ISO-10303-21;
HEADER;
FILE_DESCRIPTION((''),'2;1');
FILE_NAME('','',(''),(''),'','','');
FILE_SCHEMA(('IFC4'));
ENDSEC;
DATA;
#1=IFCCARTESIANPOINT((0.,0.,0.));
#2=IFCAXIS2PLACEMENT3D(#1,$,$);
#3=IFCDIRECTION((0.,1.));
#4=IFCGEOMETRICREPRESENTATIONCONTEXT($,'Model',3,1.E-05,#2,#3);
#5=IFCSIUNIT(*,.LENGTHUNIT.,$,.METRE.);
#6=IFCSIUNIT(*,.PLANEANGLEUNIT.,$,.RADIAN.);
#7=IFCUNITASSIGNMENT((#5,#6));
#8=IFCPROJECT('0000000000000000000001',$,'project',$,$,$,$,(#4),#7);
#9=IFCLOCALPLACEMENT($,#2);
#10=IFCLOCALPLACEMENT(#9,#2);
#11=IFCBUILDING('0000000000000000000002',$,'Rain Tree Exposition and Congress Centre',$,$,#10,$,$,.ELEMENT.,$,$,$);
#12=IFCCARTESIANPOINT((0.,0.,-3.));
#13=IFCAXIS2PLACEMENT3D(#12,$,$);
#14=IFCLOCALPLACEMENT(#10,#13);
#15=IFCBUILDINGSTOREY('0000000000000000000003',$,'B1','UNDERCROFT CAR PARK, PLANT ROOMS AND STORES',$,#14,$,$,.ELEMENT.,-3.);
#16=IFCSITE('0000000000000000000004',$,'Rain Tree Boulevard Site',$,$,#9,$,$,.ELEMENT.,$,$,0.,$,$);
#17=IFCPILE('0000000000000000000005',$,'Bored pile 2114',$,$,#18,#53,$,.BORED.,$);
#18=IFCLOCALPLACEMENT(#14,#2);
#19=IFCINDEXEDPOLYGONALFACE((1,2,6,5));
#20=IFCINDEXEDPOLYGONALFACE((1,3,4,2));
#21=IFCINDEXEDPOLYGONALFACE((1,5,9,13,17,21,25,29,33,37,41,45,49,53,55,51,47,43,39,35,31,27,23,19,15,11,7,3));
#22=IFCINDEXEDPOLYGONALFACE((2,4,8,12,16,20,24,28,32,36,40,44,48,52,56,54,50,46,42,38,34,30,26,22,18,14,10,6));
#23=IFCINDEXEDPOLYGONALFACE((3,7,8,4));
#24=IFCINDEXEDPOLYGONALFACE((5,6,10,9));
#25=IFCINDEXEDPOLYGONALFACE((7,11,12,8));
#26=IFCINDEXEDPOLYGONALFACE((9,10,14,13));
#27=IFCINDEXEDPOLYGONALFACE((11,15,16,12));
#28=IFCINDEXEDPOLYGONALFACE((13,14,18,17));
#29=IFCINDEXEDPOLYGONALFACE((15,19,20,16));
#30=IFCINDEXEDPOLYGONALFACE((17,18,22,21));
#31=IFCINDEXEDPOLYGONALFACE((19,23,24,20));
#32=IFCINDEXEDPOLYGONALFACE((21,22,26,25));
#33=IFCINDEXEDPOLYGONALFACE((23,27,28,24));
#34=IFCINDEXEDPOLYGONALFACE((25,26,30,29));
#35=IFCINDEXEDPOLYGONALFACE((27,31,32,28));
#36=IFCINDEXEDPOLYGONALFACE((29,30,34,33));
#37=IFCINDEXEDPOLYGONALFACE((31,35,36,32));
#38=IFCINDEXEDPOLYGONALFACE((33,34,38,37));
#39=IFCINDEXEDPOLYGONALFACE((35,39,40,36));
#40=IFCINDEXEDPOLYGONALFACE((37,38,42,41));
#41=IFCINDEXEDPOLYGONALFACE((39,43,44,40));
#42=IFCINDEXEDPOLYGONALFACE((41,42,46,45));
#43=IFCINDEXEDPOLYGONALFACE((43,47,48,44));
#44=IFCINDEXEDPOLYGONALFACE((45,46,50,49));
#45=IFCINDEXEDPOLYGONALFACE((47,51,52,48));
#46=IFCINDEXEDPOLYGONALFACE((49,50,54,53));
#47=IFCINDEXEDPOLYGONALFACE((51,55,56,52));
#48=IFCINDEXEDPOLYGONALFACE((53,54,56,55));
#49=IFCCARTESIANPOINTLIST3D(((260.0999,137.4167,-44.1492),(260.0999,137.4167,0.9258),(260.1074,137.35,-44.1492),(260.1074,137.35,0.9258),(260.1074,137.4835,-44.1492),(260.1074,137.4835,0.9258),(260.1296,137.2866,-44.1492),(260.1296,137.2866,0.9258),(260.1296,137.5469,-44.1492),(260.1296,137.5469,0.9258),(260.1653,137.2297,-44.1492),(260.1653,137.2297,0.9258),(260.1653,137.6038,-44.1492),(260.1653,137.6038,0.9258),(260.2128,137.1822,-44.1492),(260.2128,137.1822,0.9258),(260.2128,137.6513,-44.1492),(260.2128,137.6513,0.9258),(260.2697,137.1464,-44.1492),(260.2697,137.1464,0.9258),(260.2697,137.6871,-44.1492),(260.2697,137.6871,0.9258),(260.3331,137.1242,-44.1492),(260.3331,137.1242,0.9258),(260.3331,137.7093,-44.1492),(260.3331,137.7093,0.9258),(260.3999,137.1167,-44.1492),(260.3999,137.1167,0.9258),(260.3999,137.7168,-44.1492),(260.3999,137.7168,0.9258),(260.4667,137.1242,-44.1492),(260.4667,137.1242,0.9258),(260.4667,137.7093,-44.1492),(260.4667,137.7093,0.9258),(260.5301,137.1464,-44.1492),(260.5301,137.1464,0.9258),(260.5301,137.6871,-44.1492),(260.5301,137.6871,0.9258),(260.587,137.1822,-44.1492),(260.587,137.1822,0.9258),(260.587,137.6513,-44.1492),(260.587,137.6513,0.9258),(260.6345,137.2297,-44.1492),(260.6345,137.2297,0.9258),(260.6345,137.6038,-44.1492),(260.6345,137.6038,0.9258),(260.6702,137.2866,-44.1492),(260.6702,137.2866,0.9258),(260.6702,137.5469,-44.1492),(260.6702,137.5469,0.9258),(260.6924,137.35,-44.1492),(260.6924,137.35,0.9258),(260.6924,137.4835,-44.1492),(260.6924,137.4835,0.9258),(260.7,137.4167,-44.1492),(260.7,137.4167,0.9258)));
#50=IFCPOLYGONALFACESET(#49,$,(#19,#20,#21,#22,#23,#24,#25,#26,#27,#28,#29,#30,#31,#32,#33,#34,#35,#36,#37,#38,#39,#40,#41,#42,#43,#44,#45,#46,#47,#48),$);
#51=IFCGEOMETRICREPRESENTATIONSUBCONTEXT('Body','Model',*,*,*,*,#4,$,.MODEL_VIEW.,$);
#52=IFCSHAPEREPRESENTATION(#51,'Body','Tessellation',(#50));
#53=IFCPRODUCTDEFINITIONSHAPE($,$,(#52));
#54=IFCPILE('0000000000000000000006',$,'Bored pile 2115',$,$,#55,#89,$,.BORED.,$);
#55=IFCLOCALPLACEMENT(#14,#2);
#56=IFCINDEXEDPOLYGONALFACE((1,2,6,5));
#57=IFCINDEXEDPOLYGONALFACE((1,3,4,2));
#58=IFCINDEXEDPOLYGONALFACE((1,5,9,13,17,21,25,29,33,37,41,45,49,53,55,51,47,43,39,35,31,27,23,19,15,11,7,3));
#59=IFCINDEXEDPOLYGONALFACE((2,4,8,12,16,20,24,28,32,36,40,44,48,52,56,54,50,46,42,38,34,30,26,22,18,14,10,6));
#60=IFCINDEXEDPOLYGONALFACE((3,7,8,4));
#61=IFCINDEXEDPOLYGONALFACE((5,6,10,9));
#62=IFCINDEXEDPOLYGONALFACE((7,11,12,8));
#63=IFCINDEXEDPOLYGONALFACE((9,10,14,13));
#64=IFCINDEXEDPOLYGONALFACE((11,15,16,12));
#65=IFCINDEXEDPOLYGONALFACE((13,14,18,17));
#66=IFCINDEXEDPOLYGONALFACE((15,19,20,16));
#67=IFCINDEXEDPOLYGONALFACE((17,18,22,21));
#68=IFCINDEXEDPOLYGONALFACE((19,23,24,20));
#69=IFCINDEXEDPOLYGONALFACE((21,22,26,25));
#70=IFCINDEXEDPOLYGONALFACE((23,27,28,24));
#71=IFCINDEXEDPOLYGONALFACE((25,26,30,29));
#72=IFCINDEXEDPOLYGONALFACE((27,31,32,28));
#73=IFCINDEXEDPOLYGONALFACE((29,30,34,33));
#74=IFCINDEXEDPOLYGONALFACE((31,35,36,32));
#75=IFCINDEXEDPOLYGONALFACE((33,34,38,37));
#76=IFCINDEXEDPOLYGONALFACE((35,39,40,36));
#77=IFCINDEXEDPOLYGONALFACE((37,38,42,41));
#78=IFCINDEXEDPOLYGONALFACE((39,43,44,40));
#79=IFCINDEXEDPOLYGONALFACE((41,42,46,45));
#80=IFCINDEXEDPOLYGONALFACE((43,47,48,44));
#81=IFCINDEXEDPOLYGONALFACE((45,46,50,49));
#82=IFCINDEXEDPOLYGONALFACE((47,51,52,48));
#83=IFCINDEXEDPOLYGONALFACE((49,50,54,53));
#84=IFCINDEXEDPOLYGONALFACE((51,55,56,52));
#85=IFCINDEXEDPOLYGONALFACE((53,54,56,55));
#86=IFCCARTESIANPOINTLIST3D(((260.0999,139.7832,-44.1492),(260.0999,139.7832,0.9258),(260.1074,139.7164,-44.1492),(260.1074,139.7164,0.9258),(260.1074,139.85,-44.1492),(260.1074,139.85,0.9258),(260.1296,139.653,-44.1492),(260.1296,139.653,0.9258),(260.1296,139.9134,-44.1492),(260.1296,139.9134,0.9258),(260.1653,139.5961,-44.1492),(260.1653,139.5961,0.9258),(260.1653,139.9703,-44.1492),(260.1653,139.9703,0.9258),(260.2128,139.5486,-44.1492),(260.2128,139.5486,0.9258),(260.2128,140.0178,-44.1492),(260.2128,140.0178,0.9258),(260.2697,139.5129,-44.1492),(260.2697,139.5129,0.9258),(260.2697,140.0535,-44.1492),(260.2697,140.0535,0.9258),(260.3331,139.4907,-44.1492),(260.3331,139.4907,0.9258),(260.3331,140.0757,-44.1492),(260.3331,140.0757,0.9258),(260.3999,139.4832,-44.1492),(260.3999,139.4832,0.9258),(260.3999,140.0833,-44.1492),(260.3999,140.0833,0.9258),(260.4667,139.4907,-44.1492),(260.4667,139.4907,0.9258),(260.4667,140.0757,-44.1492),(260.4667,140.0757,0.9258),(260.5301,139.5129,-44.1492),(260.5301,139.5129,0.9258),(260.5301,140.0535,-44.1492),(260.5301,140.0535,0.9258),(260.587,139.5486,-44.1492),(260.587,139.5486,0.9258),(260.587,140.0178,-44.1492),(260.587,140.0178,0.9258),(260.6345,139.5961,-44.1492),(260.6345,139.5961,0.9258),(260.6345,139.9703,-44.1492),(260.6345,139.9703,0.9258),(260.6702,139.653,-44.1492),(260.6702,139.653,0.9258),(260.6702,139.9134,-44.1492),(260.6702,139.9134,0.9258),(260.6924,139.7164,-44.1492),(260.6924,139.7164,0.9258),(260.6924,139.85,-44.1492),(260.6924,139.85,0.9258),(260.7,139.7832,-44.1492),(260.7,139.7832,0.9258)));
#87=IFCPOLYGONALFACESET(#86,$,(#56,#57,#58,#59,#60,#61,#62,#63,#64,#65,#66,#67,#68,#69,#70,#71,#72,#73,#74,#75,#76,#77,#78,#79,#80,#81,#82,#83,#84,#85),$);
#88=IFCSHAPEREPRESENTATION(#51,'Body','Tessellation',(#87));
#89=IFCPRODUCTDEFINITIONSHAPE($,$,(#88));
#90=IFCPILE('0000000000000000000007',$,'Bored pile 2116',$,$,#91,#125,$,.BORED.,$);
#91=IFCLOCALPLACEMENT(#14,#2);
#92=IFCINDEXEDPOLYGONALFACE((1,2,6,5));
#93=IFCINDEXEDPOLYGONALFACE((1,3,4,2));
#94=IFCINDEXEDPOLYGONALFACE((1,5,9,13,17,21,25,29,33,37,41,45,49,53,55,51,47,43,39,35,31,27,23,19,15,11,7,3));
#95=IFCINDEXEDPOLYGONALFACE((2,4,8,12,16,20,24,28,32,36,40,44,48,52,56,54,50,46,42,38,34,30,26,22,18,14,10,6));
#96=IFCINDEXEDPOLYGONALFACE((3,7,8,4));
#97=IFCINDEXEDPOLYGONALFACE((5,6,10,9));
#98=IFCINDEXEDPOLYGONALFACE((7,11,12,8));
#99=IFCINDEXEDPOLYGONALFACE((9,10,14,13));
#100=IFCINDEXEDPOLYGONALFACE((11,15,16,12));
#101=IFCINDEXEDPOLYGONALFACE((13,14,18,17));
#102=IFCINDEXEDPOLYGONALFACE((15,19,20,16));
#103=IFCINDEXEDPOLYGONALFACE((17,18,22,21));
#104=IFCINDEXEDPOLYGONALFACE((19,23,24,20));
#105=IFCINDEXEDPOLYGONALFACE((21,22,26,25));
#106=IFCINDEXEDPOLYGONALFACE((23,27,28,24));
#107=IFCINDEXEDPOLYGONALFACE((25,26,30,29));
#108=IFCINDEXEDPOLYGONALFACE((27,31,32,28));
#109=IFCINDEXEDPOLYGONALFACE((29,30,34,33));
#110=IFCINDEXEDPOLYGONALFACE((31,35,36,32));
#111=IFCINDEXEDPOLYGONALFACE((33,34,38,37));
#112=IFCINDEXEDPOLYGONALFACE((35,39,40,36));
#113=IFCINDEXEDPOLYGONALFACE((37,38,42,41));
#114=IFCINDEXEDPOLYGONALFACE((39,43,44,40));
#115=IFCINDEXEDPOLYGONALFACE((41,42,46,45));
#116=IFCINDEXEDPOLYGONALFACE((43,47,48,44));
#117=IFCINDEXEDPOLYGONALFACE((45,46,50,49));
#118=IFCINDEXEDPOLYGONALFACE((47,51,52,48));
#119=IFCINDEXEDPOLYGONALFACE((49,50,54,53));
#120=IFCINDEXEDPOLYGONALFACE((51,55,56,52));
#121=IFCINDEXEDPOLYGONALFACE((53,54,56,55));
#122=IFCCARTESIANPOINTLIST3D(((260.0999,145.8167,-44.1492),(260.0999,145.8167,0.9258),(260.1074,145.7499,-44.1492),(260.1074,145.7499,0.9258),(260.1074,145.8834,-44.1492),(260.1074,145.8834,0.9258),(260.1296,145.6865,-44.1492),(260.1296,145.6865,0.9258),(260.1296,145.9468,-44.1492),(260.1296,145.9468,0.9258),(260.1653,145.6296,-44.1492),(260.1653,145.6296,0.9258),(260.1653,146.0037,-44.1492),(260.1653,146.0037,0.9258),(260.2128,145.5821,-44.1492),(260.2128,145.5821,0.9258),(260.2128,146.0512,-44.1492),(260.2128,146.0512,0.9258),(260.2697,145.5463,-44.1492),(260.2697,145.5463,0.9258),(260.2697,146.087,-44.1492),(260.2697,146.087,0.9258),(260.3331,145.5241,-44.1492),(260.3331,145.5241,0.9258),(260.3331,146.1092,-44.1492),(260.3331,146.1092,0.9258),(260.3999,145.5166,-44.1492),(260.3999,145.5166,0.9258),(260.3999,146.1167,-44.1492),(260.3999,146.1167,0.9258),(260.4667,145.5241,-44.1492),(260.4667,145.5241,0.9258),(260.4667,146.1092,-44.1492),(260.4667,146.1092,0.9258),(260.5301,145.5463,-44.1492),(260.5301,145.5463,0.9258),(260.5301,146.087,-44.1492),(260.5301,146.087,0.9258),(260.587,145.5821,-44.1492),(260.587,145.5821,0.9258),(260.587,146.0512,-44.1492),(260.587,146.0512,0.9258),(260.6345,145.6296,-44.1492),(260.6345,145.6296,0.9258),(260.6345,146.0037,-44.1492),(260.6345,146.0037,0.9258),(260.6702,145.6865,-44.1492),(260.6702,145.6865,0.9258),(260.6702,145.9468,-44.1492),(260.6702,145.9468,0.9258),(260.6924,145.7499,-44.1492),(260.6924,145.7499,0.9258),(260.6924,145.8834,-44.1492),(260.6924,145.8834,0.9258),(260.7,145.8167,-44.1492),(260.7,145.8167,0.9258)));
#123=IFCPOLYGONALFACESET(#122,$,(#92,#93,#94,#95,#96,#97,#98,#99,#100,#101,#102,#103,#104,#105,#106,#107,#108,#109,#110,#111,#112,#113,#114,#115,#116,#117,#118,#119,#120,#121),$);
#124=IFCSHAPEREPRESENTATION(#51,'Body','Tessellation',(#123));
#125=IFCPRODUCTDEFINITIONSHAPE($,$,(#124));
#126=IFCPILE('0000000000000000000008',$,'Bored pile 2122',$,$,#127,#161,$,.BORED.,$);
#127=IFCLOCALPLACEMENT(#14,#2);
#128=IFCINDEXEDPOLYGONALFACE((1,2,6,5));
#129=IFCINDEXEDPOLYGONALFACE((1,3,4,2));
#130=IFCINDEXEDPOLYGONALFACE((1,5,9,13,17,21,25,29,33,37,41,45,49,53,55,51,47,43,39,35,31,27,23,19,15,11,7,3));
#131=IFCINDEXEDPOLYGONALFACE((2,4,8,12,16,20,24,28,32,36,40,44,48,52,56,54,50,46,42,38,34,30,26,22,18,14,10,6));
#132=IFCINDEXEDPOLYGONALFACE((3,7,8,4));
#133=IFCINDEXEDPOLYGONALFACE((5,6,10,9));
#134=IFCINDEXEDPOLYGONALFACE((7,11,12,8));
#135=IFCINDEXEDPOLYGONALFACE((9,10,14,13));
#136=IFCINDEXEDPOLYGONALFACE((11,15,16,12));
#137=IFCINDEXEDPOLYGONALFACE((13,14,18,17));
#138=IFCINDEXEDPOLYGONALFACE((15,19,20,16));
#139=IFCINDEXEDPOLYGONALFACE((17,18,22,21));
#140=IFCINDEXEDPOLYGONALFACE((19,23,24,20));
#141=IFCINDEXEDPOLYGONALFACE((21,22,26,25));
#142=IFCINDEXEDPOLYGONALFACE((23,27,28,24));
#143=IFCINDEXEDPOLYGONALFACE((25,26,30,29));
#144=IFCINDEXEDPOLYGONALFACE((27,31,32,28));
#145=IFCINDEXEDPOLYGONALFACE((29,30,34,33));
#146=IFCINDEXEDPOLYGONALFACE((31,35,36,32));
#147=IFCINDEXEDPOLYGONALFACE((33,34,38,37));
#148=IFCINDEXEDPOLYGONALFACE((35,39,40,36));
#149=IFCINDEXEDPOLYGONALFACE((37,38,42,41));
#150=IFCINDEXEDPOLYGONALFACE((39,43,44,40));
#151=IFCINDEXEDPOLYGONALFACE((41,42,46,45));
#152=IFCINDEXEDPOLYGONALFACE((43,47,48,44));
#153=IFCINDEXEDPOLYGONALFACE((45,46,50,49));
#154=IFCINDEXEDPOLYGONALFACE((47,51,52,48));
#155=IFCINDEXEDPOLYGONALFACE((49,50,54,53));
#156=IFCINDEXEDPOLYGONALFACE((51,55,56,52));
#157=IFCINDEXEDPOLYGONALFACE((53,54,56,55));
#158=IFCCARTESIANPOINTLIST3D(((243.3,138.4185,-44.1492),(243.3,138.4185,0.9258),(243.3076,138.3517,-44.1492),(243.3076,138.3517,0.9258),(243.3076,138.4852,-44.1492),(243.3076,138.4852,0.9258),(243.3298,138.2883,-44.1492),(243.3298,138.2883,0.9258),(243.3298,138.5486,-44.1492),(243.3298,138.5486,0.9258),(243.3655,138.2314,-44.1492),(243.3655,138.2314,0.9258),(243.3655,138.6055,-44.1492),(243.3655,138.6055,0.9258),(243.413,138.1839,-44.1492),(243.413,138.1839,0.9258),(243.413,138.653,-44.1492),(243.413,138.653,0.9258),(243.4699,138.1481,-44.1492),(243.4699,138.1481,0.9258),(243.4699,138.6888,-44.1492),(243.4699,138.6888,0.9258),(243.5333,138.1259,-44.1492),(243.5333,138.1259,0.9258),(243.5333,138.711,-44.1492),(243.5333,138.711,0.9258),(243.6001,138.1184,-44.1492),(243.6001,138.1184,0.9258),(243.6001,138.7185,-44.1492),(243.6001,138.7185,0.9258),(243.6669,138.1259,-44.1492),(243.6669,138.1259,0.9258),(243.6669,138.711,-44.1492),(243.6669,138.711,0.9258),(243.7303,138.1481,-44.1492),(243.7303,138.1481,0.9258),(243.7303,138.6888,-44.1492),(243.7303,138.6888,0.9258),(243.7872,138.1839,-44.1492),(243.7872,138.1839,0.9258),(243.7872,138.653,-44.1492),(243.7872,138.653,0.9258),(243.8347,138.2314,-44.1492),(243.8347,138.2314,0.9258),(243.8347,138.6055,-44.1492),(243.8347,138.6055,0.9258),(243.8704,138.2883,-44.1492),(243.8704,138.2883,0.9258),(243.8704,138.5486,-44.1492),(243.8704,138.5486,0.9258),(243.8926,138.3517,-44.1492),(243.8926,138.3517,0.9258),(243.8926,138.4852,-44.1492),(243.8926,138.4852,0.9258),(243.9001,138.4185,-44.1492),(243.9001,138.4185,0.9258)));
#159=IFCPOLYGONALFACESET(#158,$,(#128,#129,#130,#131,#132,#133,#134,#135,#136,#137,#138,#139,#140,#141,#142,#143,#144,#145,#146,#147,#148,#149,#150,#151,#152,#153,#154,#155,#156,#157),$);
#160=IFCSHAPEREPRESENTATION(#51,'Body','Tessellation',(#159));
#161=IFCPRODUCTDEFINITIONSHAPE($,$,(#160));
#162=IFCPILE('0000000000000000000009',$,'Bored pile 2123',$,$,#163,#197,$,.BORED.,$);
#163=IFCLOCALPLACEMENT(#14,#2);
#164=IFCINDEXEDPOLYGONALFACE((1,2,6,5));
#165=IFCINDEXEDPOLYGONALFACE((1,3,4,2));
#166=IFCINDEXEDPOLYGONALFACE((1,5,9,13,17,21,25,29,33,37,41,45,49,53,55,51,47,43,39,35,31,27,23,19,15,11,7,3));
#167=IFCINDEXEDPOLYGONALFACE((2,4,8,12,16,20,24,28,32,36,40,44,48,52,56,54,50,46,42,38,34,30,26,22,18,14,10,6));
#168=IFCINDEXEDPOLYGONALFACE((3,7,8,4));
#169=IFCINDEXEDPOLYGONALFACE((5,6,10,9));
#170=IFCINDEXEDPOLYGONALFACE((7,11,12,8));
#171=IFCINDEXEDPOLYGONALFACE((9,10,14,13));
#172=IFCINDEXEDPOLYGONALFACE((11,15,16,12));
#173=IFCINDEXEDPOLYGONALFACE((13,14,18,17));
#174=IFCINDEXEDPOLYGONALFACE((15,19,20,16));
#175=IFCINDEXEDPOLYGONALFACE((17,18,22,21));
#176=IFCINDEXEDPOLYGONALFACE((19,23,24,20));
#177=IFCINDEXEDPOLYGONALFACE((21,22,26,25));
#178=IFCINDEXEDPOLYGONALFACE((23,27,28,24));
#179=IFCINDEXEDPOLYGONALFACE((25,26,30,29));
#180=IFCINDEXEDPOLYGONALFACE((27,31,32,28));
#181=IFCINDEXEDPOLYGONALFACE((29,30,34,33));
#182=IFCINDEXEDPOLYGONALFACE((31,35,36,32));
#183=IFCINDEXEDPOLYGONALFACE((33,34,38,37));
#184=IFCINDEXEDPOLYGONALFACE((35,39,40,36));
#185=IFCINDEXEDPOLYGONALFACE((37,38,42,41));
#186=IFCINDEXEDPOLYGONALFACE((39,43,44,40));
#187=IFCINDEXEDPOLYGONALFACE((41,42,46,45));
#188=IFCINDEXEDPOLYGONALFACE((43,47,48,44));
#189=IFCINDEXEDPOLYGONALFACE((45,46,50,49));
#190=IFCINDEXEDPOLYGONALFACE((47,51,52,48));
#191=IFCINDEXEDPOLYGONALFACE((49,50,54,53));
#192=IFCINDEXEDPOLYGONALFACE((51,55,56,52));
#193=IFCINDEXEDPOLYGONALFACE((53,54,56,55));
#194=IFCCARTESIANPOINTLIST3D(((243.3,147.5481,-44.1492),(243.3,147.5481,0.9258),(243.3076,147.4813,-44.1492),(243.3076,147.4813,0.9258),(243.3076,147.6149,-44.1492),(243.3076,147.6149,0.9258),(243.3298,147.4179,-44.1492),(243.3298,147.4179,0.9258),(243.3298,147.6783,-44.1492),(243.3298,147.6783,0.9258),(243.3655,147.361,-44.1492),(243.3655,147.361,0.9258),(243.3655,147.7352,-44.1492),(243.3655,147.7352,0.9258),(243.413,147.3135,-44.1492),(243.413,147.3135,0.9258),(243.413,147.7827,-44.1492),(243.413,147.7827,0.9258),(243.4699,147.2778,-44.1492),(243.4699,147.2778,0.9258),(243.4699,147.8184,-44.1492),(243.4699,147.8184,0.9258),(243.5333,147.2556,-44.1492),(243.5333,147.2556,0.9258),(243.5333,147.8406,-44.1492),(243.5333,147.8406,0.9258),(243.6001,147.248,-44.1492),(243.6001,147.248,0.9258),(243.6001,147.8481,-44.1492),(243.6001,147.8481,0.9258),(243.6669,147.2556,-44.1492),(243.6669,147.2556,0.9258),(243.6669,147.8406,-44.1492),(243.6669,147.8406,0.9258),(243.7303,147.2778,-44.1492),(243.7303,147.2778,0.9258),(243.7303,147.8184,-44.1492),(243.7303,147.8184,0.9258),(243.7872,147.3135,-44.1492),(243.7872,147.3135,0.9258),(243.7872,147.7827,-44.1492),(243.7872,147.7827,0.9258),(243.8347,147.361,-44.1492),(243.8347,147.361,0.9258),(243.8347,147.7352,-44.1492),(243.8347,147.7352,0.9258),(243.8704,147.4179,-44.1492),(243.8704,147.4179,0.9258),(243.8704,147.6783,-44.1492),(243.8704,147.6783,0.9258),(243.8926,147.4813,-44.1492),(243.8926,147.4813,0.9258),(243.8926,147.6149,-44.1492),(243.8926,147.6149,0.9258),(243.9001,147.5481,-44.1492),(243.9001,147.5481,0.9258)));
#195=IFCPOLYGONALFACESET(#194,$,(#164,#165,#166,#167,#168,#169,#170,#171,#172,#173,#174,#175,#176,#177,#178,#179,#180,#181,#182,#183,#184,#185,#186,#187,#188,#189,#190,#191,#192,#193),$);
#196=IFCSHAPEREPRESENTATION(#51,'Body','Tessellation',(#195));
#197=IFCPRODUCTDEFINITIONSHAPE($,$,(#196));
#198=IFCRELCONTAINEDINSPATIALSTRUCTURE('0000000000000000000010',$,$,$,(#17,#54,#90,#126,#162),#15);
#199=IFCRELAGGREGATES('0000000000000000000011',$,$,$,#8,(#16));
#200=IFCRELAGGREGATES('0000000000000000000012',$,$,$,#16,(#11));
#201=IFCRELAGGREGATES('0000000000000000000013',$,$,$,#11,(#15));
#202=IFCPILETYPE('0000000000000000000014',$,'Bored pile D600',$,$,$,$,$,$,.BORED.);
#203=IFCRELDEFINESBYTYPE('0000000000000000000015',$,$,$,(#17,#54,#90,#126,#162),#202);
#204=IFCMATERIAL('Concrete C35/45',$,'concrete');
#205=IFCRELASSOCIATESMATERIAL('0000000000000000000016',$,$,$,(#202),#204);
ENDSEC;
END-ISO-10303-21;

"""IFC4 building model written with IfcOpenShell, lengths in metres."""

from ifc_helpers import new_model, si_unit, direction, frame, origin, origin_2d, place, context, subcontext, project, spatial, circle, extrude, material, material_profile, profile_set, type_object, element, save


model = new_model("IFC4")

# Units and contexts
model_context = context("Model", 3, precision=1e-05, world=origin(), true_north=direction((0.0, 1.0)))
body_context = subcontext(model_context, "Body", "Model", "MODEL_VIEW")
ifc_project = project(units=[si_unit("LENGTHUNIT", "METRE"), si_unit("PLANEANGLEUNIT", "RADIAN")], contexts=[model_context])

# Site, building, storey
site_placement = place(None, origin())
site = spatial("IfcSite", under=ifc_project, at=site_placement, Name="Rain Tree Boulevard Site", CompositionType="ELEMENT", RefElevation=0.0)
building_placement = place(site_placement, origin())
building = spatial("IfcBuilding", under=site, at=building_placement, Name="Rain Tree Exposition and Congress Centre", CompositionType="ELEMENT")
storey_placement = place(building_placement, frame((0.0, 0.0, -3.0)))
storey = spatial("IfcBuildingStorey", under=building, at=storey_placement, Name="B1", Description="UNDERCROFT CAR PARK, PLANT ROOMS AND STORES", CompositionType="ELEMENT", Elevation=-3.0)

# Piles
ifc_material_1 = material(Name="Concrete C35/45", Category="concrete")
ifc_material_profile_1 = material_profile(ifc_material_1, circle(Radius=0.3, at=origin_2d()), Name="D600")
ifc_profile_set_1 = profile_set([ifc_material_profile_1], Name="Concrete C35/45")
pile_type_1 = type_object("IfcPileType", Name="Bored pile D600", PredefinedType="BORED", material=ifc_profile_set_1)
for number, where, z_axis, x_axis, name in (
    (1, (260.3999, 137.4167, 0.9258), (0.0, 0.0, -1.0), (1.0, 0.0, 0.0), "Bored pile 2114"),
    (2, (260.3999, 139.7832, 0.9258), (0.0, 0.0, -1.0), (1.0, 0.0, 0.0), "Bored pile 2115"),
    (3, (260.3999, 145.8167, 0.9258), (0.0, 0.0, -1.0), (1.0, 0.0, 0.0), "Bored pile 2116"),
    (4, (243.6001, 138.4185, 0.9258), (0.0, 0.0, -1.0), (1.0, 0.0, 0.0), "Bored pile 2122"),
    (5, (243.6001, 147.5481, 0.9258), (0.0, 0.0, -1.0), (1.0, 0.0, 0.0), "Bored pile 2123"),
):
    element("IfcPile", number, at=place(storey_placement, frame(where, z_axis=z_axis, x_axis=x_axis)), inside=storey, type_object=pile_type_1, Name=name, PredefinedType="BORED", context=body_context, shape_type="SweptSolid", body=[
        extrude(circle(Radius=0.3, at=origin_2d()), origin(), (0.0, 0.0, 1.0), 45.075),
    ])

save(model, "model.ifc")
